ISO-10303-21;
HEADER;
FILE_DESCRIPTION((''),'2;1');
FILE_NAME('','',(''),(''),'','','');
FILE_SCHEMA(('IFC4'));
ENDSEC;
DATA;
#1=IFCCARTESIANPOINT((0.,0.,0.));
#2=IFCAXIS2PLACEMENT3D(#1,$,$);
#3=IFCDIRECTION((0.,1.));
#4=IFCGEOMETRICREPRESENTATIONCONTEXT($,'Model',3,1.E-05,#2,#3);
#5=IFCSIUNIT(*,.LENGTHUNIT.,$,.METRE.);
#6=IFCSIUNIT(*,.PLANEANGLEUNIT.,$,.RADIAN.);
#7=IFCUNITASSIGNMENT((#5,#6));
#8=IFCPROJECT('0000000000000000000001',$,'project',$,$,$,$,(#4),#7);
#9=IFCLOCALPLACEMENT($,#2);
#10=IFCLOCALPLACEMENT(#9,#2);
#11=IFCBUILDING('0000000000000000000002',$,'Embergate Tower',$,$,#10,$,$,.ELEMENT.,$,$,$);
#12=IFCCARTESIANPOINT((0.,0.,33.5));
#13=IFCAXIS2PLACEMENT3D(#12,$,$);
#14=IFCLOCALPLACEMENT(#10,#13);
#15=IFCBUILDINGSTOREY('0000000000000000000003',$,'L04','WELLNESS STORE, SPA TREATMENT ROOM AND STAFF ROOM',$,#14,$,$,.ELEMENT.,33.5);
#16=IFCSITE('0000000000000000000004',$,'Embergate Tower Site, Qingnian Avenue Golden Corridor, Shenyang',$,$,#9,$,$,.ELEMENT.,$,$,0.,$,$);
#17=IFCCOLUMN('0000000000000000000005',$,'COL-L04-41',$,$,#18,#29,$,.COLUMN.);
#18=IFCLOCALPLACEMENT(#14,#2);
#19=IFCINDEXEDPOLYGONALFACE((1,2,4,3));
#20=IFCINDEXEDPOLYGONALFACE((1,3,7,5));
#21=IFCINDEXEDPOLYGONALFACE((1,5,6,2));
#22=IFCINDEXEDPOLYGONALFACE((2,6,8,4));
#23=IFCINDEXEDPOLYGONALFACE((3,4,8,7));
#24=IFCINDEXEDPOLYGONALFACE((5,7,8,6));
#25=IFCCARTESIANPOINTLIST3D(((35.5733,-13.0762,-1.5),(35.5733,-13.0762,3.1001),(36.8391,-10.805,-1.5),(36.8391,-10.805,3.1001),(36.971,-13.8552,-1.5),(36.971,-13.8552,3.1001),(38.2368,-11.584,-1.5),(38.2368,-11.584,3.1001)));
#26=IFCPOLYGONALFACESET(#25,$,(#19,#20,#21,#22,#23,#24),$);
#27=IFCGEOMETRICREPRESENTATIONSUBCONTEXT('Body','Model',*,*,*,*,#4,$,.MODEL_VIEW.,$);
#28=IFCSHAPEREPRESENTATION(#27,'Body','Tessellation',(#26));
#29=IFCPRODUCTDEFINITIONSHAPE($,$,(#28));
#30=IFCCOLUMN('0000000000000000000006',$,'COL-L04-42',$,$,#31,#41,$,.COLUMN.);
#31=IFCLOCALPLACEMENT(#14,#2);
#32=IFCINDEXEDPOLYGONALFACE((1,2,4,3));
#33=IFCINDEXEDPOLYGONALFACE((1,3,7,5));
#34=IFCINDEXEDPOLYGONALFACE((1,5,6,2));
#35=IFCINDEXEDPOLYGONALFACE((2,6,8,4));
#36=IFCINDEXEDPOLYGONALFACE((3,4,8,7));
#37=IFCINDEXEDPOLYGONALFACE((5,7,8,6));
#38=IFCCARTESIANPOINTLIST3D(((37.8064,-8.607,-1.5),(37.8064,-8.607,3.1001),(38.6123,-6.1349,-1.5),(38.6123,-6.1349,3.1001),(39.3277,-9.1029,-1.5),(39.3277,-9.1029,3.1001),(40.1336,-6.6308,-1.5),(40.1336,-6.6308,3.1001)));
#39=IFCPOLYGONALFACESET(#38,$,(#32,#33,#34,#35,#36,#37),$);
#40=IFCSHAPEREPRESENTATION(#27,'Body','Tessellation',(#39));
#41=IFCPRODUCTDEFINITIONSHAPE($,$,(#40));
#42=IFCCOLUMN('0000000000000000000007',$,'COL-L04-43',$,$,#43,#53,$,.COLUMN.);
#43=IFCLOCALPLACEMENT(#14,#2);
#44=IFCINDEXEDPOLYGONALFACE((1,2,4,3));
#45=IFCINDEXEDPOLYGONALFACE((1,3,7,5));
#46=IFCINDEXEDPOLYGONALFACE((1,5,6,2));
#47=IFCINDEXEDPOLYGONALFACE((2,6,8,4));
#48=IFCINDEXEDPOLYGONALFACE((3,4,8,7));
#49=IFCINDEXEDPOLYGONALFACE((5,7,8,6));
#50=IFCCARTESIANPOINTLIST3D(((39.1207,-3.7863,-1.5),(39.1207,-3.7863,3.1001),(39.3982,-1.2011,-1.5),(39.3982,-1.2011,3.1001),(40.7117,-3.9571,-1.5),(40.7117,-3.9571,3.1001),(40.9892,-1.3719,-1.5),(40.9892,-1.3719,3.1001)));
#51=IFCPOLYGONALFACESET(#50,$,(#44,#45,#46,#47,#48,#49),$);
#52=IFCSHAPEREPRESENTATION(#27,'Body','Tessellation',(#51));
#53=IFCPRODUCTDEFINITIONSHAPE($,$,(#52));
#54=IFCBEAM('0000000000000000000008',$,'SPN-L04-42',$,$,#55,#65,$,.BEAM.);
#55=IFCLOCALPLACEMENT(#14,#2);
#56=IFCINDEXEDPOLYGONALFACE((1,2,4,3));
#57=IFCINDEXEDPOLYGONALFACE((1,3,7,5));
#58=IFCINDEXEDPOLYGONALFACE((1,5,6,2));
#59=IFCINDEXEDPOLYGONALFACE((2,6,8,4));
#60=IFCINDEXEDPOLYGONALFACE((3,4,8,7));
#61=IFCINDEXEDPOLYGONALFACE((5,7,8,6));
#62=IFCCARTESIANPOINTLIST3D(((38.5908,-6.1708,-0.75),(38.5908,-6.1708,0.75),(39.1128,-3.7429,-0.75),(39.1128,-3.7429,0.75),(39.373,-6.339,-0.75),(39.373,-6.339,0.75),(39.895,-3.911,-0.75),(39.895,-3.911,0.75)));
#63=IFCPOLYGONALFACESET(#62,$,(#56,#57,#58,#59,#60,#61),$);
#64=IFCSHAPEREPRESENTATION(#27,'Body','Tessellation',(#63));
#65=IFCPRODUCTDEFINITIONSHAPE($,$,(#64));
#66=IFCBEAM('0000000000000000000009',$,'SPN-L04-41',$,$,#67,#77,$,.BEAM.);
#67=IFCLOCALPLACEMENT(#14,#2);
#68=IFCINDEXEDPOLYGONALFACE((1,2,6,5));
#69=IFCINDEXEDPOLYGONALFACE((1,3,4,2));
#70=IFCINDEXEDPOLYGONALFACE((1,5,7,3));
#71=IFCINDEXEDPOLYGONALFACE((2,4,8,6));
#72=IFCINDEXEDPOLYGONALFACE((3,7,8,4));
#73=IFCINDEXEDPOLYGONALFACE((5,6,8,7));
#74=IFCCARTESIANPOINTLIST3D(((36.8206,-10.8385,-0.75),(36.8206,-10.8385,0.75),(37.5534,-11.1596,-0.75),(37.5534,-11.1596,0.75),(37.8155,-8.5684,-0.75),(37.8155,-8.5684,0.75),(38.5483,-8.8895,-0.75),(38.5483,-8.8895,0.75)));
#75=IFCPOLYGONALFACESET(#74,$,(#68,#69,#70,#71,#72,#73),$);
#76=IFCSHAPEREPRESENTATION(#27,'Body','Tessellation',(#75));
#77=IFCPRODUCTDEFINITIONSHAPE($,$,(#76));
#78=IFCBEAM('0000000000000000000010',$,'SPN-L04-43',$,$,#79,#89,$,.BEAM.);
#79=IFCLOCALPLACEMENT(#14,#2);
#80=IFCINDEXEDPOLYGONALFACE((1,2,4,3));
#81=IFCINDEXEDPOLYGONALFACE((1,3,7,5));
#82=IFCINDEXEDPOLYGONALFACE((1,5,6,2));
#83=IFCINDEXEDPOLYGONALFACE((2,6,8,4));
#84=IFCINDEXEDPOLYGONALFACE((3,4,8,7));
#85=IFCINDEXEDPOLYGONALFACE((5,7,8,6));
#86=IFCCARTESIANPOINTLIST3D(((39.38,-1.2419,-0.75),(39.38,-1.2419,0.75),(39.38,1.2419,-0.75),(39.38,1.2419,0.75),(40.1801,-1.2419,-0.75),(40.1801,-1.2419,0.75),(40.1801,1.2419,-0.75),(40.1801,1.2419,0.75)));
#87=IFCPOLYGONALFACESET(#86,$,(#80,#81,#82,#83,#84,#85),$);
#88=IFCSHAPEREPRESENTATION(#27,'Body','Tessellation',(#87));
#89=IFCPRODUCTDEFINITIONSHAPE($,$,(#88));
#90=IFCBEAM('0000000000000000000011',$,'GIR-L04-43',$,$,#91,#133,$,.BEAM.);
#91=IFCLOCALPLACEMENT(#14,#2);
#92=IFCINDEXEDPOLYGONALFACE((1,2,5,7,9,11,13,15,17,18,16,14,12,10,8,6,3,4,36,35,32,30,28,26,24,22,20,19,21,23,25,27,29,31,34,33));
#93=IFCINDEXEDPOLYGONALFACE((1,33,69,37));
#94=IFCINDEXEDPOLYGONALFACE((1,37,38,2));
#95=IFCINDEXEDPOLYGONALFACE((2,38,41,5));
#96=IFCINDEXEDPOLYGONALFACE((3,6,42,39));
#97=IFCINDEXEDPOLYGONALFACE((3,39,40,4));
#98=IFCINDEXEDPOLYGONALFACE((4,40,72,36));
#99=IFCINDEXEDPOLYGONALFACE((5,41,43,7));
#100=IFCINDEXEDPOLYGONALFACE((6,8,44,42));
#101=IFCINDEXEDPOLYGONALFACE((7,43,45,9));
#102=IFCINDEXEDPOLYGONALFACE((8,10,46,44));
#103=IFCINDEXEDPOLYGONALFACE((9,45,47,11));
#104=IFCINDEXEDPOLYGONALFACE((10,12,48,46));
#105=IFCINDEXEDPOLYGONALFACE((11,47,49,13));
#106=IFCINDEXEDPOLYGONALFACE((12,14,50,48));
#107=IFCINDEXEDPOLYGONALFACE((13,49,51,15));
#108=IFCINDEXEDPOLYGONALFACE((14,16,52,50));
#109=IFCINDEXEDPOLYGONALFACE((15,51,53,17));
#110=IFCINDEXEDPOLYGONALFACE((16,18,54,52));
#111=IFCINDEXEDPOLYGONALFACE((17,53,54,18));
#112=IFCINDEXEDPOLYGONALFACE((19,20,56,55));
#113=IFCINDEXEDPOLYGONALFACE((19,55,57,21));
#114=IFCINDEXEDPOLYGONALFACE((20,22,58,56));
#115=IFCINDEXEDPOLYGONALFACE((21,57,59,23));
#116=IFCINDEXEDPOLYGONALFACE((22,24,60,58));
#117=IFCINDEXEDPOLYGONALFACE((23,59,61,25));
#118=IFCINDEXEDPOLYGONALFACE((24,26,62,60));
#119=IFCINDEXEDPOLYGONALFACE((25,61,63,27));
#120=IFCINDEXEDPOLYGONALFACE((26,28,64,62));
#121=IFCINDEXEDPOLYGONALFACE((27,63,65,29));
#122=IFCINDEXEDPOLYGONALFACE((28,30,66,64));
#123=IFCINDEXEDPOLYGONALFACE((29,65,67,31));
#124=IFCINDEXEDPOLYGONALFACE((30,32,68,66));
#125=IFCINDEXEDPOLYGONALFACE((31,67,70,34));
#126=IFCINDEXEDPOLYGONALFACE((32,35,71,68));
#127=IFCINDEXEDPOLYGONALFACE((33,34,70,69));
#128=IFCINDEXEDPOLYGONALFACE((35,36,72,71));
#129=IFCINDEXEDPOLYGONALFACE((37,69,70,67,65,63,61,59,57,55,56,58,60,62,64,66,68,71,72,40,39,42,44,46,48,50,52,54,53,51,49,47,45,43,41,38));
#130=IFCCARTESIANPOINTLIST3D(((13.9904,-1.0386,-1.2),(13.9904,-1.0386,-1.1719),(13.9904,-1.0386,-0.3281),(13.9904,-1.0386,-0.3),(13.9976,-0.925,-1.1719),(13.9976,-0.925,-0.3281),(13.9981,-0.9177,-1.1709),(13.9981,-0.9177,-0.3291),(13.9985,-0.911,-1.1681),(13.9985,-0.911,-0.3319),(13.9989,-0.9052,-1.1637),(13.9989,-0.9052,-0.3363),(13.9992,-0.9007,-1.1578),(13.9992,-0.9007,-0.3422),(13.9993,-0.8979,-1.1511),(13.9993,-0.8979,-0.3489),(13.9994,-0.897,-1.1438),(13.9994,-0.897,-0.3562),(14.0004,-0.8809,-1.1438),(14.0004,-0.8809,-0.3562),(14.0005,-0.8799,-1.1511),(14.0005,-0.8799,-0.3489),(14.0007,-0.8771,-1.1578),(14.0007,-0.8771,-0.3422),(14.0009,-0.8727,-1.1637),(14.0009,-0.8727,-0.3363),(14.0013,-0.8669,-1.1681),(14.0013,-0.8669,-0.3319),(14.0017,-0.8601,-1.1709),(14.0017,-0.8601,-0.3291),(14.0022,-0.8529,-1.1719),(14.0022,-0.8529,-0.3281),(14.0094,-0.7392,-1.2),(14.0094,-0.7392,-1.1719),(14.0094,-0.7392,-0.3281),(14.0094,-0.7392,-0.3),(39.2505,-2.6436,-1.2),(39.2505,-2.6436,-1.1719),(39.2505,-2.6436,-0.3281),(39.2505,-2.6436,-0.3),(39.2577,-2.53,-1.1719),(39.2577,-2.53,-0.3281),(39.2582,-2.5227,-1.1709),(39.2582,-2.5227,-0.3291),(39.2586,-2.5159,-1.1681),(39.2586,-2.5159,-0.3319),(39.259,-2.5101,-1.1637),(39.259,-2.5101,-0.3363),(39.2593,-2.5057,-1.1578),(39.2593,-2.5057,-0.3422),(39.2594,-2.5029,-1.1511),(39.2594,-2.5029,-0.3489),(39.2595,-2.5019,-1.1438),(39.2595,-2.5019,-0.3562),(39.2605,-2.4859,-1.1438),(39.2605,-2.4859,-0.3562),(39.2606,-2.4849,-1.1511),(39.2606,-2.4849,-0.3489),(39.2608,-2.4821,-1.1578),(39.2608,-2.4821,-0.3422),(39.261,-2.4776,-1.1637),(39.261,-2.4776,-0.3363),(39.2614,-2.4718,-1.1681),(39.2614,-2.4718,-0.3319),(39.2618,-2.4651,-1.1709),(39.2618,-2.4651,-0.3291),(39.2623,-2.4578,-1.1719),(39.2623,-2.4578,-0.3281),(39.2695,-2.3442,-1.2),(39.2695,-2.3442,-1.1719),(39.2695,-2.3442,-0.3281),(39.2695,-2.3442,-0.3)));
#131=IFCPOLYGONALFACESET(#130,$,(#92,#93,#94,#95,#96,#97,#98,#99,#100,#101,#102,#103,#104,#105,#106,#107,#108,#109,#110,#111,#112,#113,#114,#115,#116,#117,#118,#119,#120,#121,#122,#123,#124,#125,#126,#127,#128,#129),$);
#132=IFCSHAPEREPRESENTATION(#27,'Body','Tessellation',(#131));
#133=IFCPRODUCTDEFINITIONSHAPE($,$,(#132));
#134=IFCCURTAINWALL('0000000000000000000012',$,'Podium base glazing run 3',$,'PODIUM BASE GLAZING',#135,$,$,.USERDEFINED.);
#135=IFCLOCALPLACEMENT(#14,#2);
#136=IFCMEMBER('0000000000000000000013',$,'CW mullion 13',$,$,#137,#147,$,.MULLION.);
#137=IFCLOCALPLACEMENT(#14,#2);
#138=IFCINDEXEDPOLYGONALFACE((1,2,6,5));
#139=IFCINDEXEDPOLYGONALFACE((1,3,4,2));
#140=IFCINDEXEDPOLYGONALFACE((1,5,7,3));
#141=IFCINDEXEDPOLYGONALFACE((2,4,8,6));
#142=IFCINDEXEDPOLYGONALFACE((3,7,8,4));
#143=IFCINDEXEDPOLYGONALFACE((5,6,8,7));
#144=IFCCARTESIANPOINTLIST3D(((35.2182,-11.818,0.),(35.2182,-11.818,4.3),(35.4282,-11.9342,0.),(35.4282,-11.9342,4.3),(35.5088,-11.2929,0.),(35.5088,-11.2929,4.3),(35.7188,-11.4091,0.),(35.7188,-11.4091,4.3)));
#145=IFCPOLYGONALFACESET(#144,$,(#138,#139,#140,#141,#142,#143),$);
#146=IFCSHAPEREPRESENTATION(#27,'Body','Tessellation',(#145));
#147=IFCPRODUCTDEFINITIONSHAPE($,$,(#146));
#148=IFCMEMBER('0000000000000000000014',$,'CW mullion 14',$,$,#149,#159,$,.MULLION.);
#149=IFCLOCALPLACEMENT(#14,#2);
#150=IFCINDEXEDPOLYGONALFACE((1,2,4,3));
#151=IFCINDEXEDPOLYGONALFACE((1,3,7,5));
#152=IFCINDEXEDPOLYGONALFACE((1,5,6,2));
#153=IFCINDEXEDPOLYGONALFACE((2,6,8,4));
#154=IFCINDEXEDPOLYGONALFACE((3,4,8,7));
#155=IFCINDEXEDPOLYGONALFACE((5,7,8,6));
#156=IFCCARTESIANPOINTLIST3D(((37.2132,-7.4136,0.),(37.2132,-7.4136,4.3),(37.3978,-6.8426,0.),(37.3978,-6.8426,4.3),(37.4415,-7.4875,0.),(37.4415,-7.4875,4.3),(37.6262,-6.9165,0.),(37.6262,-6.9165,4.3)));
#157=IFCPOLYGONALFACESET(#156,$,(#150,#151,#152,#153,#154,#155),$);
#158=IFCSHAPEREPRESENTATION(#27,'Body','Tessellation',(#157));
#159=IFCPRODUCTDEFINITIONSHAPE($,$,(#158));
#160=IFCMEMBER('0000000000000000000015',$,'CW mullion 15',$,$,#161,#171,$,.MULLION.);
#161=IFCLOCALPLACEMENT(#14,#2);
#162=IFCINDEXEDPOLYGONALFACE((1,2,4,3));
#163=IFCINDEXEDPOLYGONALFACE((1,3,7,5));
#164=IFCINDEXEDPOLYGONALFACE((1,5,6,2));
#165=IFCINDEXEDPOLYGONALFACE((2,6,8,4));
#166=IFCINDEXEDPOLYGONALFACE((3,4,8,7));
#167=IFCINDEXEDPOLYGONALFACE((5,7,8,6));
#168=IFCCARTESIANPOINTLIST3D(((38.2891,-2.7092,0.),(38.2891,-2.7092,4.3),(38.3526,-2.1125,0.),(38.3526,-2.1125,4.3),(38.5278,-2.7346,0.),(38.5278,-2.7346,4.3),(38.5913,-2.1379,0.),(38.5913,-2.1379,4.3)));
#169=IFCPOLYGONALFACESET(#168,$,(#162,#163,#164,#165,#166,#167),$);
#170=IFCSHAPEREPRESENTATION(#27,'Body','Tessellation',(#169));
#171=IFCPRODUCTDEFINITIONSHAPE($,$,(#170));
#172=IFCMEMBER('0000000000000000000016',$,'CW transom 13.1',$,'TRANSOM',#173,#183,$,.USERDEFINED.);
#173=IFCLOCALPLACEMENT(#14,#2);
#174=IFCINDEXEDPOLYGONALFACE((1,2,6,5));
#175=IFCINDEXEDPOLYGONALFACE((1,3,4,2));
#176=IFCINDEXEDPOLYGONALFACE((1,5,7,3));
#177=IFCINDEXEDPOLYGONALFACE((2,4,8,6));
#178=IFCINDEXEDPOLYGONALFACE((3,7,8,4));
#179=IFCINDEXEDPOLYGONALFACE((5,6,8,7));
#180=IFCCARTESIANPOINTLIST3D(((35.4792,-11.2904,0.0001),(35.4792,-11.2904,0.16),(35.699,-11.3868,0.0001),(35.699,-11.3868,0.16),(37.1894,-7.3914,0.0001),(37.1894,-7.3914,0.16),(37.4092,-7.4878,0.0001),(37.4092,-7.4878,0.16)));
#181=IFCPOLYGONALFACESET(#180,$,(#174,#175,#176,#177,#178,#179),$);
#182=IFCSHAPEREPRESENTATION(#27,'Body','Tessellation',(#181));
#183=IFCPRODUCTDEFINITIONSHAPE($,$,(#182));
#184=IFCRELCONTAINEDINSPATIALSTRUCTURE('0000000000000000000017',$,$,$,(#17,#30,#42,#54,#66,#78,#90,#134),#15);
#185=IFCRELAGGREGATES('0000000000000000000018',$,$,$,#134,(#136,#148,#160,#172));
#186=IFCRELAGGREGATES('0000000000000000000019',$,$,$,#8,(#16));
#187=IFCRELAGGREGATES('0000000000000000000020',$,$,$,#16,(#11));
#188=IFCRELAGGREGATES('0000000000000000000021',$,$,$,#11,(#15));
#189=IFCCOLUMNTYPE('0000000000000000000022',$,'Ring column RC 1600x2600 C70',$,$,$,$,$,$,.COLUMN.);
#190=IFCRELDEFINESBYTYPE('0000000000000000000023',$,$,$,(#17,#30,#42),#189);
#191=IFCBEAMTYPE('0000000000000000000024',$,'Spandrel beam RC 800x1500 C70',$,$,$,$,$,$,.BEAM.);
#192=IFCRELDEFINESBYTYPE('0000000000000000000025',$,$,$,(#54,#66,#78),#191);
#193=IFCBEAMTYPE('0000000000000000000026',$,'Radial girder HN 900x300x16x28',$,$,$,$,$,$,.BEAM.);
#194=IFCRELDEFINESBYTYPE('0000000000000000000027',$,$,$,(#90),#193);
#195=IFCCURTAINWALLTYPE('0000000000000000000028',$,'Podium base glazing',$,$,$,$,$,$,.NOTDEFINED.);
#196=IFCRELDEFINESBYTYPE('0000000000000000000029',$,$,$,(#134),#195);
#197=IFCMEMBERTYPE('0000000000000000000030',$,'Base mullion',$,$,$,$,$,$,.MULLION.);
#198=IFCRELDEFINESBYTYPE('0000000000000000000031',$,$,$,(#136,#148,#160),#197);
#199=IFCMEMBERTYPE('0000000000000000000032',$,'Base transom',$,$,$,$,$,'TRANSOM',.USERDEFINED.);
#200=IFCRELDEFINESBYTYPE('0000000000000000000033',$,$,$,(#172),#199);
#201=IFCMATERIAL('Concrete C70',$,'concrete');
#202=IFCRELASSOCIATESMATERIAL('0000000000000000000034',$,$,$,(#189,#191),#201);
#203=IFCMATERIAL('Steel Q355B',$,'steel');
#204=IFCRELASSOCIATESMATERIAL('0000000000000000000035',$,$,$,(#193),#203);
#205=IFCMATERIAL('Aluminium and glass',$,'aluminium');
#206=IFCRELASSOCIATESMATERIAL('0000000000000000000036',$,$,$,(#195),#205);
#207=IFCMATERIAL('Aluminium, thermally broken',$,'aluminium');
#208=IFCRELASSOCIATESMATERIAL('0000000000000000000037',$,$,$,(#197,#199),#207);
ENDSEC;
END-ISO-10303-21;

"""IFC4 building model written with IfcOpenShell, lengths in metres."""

from ifc_helpers import new_model, si_unit, direction, frame, origin, origin_2d, place, context, subcontext, project, spatial, rectangle, i_section, extrude, source, transform, mapped, material, material_profile, profile_set, type_object, element, aggregate, save


model = new_model("IFC4")

# Units and contexts
model_context = context("Model", 3, precision=1e-05, world=origin(), true_north=direction((0.0, 1.0)))
body_context = subcontext(model_context, "Body", "Model", "MODEL_VIEW")
ifc_project = project(units=[si_unit("LENGTHUNIT", "METRE"), si_unit("PLANEANGLEUNIT", "RADIAN")], contexts=[model_context])

# Site, building, storey
site_placement = place(None, origin())
site = spatial("IfcSite", under=ifc_project, at=site_placement, Name="Embergate Tower Site, Qingnian Avenue Golden Corridor, Shenyang", CompositionType="ELEMENT", RefElevation=0.0)
building_placement = place(site_placement, origin())
building = spatial("IfcBuilding", under=site, at=building_placement, Name="Embergate Tower", CompositionType="ELEMENT")
storey_placement = place(building_placement, frame((0.0, 0.0, 33.5)))
storey = spatial("IfcBuildingStorey", under=building, at=storey_placement, Name="L04", Description="WELLNESS STORE, SPA TREATMENT ROOM AND STAFF ROOM", CompositionType="ELEMENT", Elevation=33.5)

# Columns
ifc_material_1 = material(Name="Concrete C70", Category="concrete")
ifc_material_profile_1 = material_profile(ifc_material_1, rectangle(XDim=1.6001, YDim=2.6001, at=origin_2d()), Name="RC 1600x2600")
ifc_profile_set_1 = profile_set([ifc_material_profile_1], Name="Concrete C70")
column_type = type_object("IfcColumnType", Name="Ring column RC 1600x2600 C70", PredefinedType="COLUMN", material=ifc_profile_set_1)
shared_shape_1 = source(origin(), body_context, "Body", "SweptSolid", [
    extrude(rectangle(XDim=1.6001, YDim=2.6001, at=origin_2d()), origin(), (0.0, 0.0, 1.0), 4.6001),
])
for number, where, z_axis, x_axis, name in (
    (1, (36.905, -12.3301, -1.5), (0.0, 0.0, 1.0), (0.8735, -0.486823, 0.0), "COL-L04-41"),
    (2, (38.97, -7.6189, -1.5), (0.0, 0.0, 1.0), (0.950754, -0.309946, 0.0), "COL-L04-42"),
    (3, (40.0549, -2.5791, -1.5), (0.0, 0.0, 1.0), (0.994288, -0.106733, 0.0), "COL-L04-43"),
):
    element("IfcColumn", number, at=place(storey_placement, frame(where, z_axis=z_axis, x_axis=x_axis)), inside=storey, type_object=column_type, Name=name, PredefinedType="COLUMN", context=body_context, shape_type="MappedRepresentation", body=[
        mapped(shared_shape_1, transform((0.0, 0.0, 0.0))),
    ])

# Beams
ifc_material_profile_2 = material_profile(ifc_material_1, rectangle(XDim=0.8, YDim=1.5, at=origin_2d()), Name="RC 800x1500")
ifc_profile_set_2 = profile_set([ifc_material_profile_2], Name="Concrete C70")
beam_type_1 = type_object("IfcBeamType", Name="Spandrel beam RC 800x1500 C70", PredefinedType="BEAM", material=ifc_profile_set_2)
shared_shape_2 = source(origin(), body_context, "Body", "SweptSolid", [
    extrude(rectangle(XDim=0.8, YDim=1.5, at=origin_2d()), origin(), (0.0, 0.0, 1.0), 2.4834),
])
beam_1_placement = place(storey_placement, frame((38.9819, -6.2549, 0.0), z_axis=(0.21018, 0.977663, 0.0), x_axis=(-0.977663, 0.21018, 0.0)))
element("IfcBeam", 4, at=beam_1_placement, inside=storey, type_object=beam_type_1, Name="SPN-L04-42", PredefinedType="BEAM", context=body_context, shape_type="MappedRepresentation", body=[
    mapped(shared_shape_2, transform((0.0, 0.0, 0.0))),
])
shared_shape_3 = source(origin(), body_context, "Body", "SweptSolid", [
    extrude(rectangle(XDim=0.8, YDim=1.5, at=origin_2d()), origin(), (0.0, 0.0, 1.0), 2.4785),
])
beam_2_placement = place(storey_placement, frame((37.187, -10.999, 0.0), z_axis=(0.401408, 0.915899, 0.0), x_axis=(-0.915899, 0.401408, 0.0)))
element("IfcBeam", 5, at=beam_2_placement, inside=storey, type_object=beam_type_1, Name="SPN-L04-41", PredefinedType="BEAM", context=body_context, shape_type="MappedRepresentation", body=[
    mapped(shared_shape_3, transform((0.0, 0.0, 0.0))),
])
shared_shape_4 = source(origin(), body_context, "Body", "SweptSolid", [
    extrude(rectangle(XDim=0.8, YDim=1.5, at=origin_2d()), origin(), (0.0, 0.0, 1.0), 2.4839),
])
beam_3_placement = place(storey_placement, frame((39.78, -1.2419, 0.0), z_axis=(0.0, 1.0, 0.0), x_axis=(-1.0, 0.0, 0.0)))
element("IfcBeam", 6, at=beam_3_placement, inside=storey, type_object=beam_type_1, Name="SPN-L04-43", PredefinedType="BEAM", context=body_context, shape_type="MappedRepresentation", body=[
    mapped(shared_shape_4, transform((0.0, 0.0, 0.0))),
])
ifc_material_2 = material(Name="Steel Q355B", Category="steel")
ifc_material_profile_3 = material_profile(ifc_material_2, i_section(OverallWidth=0.3, OverallDepth=0.8999, WebThickness=0.0161, FlangeThickness=0.0281, FilletRadius=0.0281, at=origin_2d()), Name="HN 900x300x16x28")
ifc_profile_set_3 = profile_set([ifc_material_profile_3], Name="Steel Q355 grade B")
beam_type_2 = type_object("IfcBeamType", Name="Radial girder HN 900x300x16x28", PredefinedType="BEAM", material=ifc_profile_set_3)
shared_shape_5 = source(origin(), body_context, "Body", "SweptSolid", [
    extrude(i_section(OverallWidth=0.3, OverallDepth=0.8999, WebThickness=0.0161, FlangeThickness=0.0281, FilletRadius=0.0281, at=origin_2d()), origin(), (0.0, 0.0, 1.0), 25.311),
])
beam_4_placement = place(storey_placement, frame((39.26, -2.4939, -0.75), z_axis=(-0.997988, 0.063411, 0.0), x_axis=(-0.063411, -0.997988, 0.0)))
element("IfcBeam", 7, at=beam_4_placement, inside=storey, type_object=beam_type_2, Name="GIR-L04-43", PredefinedType="BEAM", context=body_context, shape_type="MappedRepresentation", body=[
    mapped(shared_shape_5, transform((0.0, 0.0, 0.0))),
])

# Curtain wall, members
ifc_material_3 = material(Name="Aluminium and glass", Category="aluminium")
curtain_wall_type = type_object("IfcCurtainWallType", Name="Podium base glazing", PredefinedType="NOTDEFINED", material=ifc_material_3)
curtain_wall_placement = place(storey_placement, origin())
curtain_wall = element("IfcCurtainWall", 8, at=curtain_wall_placement, inside=storey, type_object=curtain_wall_type, Name="Podium base glazing run 3", ObjectType="PODIUM BASE GLAZING", PredefinedType="USERDEFINED")
ifc_material_4 = material(Name="Aluminium, thermally broken", Category="aluminium")
ifc_material_profile_4 = material_profile(ifc_material_4, rectangle(XDim=0.24, YDim=0.6001, at=origin_2d()), Name="AL 600x240")
ifc_profile_set_4 = profile_set([ifc_material_profile_4], Name="Aluminium, thermally broken")
member_type_1 = type_object("IfcMemberType", Name="Base mullion", PredefinedType="MULLION", material=ifc_profile_set_4)
shared_shape_6 = source(origin(), body_context, "Body", "SweptSolid", [
    extrude(rectangle(XDim=0.24, YDim=0.6001, at=origin_2d()), origin(), (0.0, 0.0, 1.0), 4.3),
])
member_1_placement = place(storey_placement, frame((35.4685, -11.6135, 0.0), z_axis=(0.0, 0.0, 1.0), x_axis=(-0.874999, 0.484124, 0.0)))
member_1 = element("IfcMember", 9, at=member_1_placement, type_object=member_type_1, Name="CW mullion 13", PredefinedType="MULLION", context=body_context, shape_type="MappedRepresentation", body=[
    mapped(shared_shape_6, transform((0.0, 0.0, 0.0))),
])
member_2_placement = place(storey_placement, frame((37.4197, -7.165, 0.0), z_axis=(0.0, 0.0, 1.0), x_axis=(-0.951497, 0.307659, 0.0)))
member_2 = element("IfcMember", 10, at=member_2_placement, type_object=member_type_1, Name="CW mullion 14", PredefinedType="MULLION", context=body_context, shape_type="MappedRepresentation", body=[
    mapped(shared_shape_6, transform((0.0, 0.0, 0.0))),
])
member_3_placement = place(storey_placement, frame((38.4402, -2.4236, 0.0), z_axis=(0.0, 0.0, 1.0), x_axis=(-0.994385, 0.105825, 0.0)))
member_3 = element("IfcMember", 11, at=member_3_placement, type_object=member_type_1, Name="CW mullion 15", PredefinedType="MULLION", context=body_context, shape_type="MappedRepresentation", body=[
    mapped(shared_shape_6, transform((0.0, 0.0, 0.0))),
])
ifc_material_profile_5 = material_profile(ifc_material_4, rectangle(XDim=0.24, YDim=0.1599, at=origin_2d()), Name="AL 160x240")
ifc_profile_set_5 = profile_set([ifc_material_profile_5], Name="Aluminium, thermally broken")
member_type_2 = type_object("IfcMemberType", Name="Base transom", ElementType="TRANSOM", PredefinedType="USERDEFINED", material=ifc_profile_set_5)
shared_shape_7 = source(origin(), body_context, "Body", "SweptSolid", [
    extrude(rectangle(XDim=0.24, YDim=0.1599, at=origin_2d()), origin(), (0.0, 0.0, 1.0), 4.2576),
])
member_4_placement = place(storey_placement, frame((35.5891, -11.3386, 0.0801), z_axis=(0.401691, 0.915775, 0.0), x_axis=(-0.915775, 0.401691, 0.0)))
member_4 = element("IfcMember", 12, at=member_4_placement, type_object=member_type_2, Name="CW transom 13.1", ObjectType="TRANSOM", PredefinedType="USERDEFINED", context=body_context, shape_type="MappedRepresentation", body=[
    mapped(shared_shape_7, transform((0.0, 0.0, 0.0))),
])
aggregate(curtain_wall, [member_1, member_2, member_3, member_4])

save(model, "model.ifc")
